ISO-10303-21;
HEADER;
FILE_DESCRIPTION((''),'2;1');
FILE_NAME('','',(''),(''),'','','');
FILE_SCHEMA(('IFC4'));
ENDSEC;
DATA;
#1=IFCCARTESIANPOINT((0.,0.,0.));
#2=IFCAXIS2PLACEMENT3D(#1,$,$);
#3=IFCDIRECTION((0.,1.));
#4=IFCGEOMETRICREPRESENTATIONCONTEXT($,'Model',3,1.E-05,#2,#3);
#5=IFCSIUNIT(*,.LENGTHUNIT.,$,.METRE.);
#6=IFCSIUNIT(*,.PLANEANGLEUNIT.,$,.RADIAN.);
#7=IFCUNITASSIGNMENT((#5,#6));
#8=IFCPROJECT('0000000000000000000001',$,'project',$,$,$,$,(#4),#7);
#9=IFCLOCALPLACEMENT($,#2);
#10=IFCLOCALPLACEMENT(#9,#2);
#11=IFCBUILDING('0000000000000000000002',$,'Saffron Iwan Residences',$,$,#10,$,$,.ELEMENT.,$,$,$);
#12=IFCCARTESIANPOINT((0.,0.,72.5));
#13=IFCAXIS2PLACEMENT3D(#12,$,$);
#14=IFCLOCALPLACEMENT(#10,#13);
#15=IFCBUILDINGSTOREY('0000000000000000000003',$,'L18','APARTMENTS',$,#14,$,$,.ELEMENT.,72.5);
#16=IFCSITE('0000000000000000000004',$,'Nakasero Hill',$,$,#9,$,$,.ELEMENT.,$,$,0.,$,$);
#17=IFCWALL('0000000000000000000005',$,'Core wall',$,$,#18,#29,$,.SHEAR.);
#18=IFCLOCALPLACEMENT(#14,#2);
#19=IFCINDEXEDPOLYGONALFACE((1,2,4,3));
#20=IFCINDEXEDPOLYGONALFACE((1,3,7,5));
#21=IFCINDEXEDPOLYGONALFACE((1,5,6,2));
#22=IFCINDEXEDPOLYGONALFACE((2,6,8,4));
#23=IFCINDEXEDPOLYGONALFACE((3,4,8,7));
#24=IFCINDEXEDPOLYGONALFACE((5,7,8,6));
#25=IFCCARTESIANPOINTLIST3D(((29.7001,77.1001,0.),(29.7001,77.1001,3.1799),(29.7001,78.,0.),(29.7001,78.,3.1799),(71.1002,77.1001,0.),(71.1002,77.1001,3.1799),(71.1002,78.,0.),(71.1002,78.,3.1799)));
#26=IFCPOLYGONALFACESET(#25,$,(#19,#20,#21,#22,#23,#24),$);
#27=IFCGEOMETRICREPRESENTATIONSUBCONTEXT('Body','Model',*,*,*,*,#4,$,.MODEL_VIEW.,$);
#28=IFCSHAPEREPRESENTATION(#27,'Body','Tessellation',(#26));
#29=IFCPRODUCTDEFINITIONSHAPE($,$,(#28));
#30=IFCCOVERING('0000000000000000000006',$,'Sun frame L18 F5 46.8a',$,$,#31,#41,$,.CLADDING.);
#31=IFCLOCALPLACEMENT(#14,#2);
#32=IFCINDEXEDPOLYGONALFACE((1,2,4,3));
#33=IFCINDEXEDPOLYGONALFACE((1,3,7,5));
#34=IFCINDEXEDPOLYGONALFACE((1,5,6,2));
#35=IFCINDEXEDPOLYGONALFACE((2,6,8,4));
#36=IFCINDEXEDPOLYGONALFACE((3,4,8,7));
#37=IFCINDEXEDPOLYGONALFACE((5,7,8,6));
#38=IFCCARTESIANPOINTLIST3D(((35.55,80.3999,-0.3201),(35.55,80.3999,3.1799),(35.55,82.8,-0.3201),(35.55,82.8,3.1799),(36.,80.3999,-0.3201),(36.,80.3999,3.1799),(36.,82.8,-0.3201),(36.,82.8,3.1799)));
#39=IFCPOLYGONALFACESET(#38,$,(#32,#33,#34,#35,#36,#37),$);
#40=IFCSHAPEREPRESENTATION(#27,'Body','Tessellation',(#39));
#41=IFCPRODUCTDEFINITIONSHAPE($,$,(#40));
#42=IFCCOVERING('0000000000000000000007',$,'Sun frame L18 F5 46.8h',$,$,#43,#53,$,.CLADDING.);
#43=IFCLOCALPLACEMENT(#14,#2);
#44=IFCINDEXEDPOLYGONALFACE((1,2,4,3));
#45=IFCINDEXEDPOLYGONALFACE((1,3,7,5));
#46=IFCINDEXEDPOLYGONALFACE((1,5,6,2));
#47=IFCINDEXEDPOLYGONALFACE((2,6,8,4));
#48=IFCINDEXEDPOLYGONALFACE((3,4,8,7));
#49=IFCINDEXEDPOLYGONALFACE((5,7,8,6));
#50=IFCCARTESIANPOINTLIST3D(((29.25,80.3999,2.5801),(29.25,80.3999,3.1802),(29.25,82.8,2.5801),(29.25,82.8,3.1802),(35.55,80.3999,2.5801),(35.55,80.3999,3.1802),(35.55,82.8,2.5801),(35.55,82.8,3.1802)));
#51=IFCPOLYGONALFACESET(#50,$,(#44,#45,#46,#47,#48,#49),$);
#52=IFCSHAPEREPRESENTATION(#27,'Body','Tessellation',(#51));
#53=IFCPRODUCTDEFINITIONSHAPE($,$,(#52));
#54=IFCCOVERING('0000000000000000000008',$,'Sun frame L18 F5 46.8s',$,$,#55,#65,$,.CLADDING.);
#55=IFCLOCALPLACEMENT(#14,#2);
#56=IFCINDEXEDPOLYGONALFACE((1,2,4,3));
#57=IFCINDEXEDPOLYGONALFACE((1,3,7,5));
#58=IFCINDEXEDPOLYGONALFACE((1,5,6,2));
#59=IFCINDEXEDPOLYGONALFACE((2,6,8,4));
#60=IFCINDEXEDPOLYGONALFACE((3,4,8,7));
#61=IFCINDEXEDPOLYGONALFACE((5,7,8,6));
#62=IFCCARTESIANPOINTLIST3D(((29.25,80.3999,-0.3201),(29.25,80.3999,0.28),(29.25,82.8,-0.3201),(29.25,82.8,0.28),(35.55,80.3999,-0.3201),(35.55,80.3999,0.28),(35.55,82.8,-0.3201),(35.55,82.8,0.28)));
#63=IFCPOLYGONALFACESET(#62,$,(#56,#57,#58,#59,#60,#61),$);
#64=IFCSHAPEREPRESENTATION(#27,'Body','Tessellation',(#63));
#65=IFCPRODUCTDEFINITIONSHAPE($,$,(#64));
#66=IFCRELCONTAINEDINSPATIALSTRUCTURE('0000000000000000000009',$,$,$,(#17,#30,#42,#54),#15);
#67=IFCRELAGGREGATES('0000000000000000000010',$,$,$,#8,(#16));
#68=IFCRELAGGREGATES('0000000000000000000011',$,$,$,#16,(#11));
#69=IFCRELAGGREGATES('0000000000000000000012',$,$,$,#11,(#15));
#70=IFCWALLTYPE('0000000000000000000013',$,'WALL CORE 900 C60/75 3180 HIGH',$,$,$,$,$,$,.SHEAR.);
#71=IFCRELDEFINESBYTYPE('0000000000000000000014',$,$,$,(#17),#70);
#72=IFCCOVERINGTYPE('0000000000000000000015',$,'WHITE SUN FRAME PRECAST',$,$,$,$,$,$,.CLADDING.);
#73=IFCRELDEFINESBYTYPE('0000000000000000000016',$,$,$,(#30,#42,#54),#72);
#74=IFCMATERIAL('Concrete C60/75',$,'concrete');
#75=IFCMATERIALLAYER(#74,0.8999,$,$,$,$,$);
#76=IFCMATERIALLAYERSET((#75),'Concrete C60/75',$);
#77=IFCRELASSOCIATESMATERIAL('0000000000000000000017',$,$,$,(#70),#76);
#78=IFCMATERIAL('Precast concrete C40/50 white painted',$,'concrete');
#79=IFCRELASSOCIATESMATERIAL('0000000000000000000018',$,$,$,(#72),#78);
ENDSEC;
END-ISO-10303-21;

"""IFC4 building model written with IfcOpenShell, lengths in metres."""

from ifc_helpers import new_model, si_unit, direction, frame, frame_2d, origin, place, context, subcontext, project, spatial, polyline, rectangle, outline, extrude, material, layer, layer_set, type_object, element, save


model = new_model("IFC4")

# Units and contexts
model_context = context("Model", 3, precision=1e-05, world=origin(), true_north=direction((0.0, 1.0)))
body_context = subcontext(model_context, "Body", "Model", "MODEL_VIEW")
ifc_project = project(units=[si_unit("LENGTHUNIT", "METRE"), si_unit("PLANEANGLEUNIT", "RADIAN")], contexts=[model_context])

# Site, building, storey
site_placement = place(None, origin())
site = spatial("IfcSite", under=ifc_project, at=site_placement, Name="Nakasero Hill", CompositionType="ELEMENT", RefElevation=0.0)
building_placement = place(site_placement, origin())
building = spatial("IfcBuilding", under=site, at=building_placement, Name="Saffron Iwan Residences", CompositionType="ELEMENT")
storey_placement = place(building_placement, frame((0.0, 0.0, 72.5)))
storey = spatial("IfcBuildingStorey", under=building, at=storey_placement, Name="L18", Description="APARTMENTS", CompositionType="ELEMENT", Elevation=72.5)

# Shared definitions
ifc_material_1 = material(Name="Concrete C60/75", Category="concrete")

# Wall
ifc_layer_1 = layer(ifc_material_1, 0.8999)
ifc_layer_set_1 = layer_set([ifc_layer_1], Name="Concrete C60/75")
wall_type_1 = type_object("IfcWallType", Name="WALL CORE 900 C60/75 3180 HIGH", PredefinedType="SHEAR", material=ifc_layer_set_1)
wall_1_placement = place(storey_placement, frame((29.7, 77.55, 0.0), z_axis=(0.0, 0.0, 1.0), x_axis=(1.0, 0.0, 0.0)))
element("IfcWall", 1, at=wall_1_placement, inside=storey, type_object=wall_type_1, Name="Core wall", PredefinedType="SHEAR", context=body_context, shape_type="SweptSolid", body=[
    extrude(rectangle(XDim=41.4001, YDim=0.8999, at=frame_2d((20.7002, 0.0))), origin(), (0.0, 0.0, 1.0), 3.1799),
])

# Coverings
ifc_material_2 = material(Name="Precast concrete C40/50 white painted", Category="concrete")
covering_type = type_object("IfcCoveringType", Name="WHITE SUN FRAME PRECAST", PredefinedType="CLADDING", material=ifc_material_2)
covering_placement = place(storey_placement, frame((36.0, 80.3999, -0.3201), z_axis=(0.0, 1.0, 0.0), x_axis=(-1.0, 0.0, 0.0)))
element("IfcCovering", 2, at=covering_placement, inside=storey, type_object=covering_type, Name="Sun frame L18 F5 46.8a", PredefinedType="CLADDING", context=body_context, shape_type="SweptSolid", body=[
    extrude(outline(polyline([(0.0, 0.0), (0.45, 0.0), (0.45, 3.5), (0.0, 3.5), (0.0, 0.0)])), origin(), (0.0, 0.0, 1.0), 2.4001),
])
for number, where, z_axis, x_axis, name in (
    (3, (35.55, 80.3999, 2.5801), (0.0, 1.0, 0.0), (-1.0, 0.0, 0.0), "Sun frame L18 F5 46.8h"),
    (4, (35.55, 80.3999, -0.3201), (0.0, 1.0, 0.0), (-1.0, 0.0, 0.0), "Sun frame L18 F5 46.8s"),
):
    element("IfcCovering", number, at=place(storey_placement, frame(where, z_axis=z_axis, x_axis=x_axis)), inside=storey, type_object=covering_type, Name=name, PredefinedType="CLADDING", context=body_context, shape_type="SweptSolid", body=[
        extrude(outline(polyline([(0.0, 0.0), (6.3, 0.0), (6.3, 0.6001), (0.0, 0.6001), (0.0, 0.0)])), origin(), (0.0, 0.0, 1.0), 2.4001),
    ])

save(model, "model.ifc")
